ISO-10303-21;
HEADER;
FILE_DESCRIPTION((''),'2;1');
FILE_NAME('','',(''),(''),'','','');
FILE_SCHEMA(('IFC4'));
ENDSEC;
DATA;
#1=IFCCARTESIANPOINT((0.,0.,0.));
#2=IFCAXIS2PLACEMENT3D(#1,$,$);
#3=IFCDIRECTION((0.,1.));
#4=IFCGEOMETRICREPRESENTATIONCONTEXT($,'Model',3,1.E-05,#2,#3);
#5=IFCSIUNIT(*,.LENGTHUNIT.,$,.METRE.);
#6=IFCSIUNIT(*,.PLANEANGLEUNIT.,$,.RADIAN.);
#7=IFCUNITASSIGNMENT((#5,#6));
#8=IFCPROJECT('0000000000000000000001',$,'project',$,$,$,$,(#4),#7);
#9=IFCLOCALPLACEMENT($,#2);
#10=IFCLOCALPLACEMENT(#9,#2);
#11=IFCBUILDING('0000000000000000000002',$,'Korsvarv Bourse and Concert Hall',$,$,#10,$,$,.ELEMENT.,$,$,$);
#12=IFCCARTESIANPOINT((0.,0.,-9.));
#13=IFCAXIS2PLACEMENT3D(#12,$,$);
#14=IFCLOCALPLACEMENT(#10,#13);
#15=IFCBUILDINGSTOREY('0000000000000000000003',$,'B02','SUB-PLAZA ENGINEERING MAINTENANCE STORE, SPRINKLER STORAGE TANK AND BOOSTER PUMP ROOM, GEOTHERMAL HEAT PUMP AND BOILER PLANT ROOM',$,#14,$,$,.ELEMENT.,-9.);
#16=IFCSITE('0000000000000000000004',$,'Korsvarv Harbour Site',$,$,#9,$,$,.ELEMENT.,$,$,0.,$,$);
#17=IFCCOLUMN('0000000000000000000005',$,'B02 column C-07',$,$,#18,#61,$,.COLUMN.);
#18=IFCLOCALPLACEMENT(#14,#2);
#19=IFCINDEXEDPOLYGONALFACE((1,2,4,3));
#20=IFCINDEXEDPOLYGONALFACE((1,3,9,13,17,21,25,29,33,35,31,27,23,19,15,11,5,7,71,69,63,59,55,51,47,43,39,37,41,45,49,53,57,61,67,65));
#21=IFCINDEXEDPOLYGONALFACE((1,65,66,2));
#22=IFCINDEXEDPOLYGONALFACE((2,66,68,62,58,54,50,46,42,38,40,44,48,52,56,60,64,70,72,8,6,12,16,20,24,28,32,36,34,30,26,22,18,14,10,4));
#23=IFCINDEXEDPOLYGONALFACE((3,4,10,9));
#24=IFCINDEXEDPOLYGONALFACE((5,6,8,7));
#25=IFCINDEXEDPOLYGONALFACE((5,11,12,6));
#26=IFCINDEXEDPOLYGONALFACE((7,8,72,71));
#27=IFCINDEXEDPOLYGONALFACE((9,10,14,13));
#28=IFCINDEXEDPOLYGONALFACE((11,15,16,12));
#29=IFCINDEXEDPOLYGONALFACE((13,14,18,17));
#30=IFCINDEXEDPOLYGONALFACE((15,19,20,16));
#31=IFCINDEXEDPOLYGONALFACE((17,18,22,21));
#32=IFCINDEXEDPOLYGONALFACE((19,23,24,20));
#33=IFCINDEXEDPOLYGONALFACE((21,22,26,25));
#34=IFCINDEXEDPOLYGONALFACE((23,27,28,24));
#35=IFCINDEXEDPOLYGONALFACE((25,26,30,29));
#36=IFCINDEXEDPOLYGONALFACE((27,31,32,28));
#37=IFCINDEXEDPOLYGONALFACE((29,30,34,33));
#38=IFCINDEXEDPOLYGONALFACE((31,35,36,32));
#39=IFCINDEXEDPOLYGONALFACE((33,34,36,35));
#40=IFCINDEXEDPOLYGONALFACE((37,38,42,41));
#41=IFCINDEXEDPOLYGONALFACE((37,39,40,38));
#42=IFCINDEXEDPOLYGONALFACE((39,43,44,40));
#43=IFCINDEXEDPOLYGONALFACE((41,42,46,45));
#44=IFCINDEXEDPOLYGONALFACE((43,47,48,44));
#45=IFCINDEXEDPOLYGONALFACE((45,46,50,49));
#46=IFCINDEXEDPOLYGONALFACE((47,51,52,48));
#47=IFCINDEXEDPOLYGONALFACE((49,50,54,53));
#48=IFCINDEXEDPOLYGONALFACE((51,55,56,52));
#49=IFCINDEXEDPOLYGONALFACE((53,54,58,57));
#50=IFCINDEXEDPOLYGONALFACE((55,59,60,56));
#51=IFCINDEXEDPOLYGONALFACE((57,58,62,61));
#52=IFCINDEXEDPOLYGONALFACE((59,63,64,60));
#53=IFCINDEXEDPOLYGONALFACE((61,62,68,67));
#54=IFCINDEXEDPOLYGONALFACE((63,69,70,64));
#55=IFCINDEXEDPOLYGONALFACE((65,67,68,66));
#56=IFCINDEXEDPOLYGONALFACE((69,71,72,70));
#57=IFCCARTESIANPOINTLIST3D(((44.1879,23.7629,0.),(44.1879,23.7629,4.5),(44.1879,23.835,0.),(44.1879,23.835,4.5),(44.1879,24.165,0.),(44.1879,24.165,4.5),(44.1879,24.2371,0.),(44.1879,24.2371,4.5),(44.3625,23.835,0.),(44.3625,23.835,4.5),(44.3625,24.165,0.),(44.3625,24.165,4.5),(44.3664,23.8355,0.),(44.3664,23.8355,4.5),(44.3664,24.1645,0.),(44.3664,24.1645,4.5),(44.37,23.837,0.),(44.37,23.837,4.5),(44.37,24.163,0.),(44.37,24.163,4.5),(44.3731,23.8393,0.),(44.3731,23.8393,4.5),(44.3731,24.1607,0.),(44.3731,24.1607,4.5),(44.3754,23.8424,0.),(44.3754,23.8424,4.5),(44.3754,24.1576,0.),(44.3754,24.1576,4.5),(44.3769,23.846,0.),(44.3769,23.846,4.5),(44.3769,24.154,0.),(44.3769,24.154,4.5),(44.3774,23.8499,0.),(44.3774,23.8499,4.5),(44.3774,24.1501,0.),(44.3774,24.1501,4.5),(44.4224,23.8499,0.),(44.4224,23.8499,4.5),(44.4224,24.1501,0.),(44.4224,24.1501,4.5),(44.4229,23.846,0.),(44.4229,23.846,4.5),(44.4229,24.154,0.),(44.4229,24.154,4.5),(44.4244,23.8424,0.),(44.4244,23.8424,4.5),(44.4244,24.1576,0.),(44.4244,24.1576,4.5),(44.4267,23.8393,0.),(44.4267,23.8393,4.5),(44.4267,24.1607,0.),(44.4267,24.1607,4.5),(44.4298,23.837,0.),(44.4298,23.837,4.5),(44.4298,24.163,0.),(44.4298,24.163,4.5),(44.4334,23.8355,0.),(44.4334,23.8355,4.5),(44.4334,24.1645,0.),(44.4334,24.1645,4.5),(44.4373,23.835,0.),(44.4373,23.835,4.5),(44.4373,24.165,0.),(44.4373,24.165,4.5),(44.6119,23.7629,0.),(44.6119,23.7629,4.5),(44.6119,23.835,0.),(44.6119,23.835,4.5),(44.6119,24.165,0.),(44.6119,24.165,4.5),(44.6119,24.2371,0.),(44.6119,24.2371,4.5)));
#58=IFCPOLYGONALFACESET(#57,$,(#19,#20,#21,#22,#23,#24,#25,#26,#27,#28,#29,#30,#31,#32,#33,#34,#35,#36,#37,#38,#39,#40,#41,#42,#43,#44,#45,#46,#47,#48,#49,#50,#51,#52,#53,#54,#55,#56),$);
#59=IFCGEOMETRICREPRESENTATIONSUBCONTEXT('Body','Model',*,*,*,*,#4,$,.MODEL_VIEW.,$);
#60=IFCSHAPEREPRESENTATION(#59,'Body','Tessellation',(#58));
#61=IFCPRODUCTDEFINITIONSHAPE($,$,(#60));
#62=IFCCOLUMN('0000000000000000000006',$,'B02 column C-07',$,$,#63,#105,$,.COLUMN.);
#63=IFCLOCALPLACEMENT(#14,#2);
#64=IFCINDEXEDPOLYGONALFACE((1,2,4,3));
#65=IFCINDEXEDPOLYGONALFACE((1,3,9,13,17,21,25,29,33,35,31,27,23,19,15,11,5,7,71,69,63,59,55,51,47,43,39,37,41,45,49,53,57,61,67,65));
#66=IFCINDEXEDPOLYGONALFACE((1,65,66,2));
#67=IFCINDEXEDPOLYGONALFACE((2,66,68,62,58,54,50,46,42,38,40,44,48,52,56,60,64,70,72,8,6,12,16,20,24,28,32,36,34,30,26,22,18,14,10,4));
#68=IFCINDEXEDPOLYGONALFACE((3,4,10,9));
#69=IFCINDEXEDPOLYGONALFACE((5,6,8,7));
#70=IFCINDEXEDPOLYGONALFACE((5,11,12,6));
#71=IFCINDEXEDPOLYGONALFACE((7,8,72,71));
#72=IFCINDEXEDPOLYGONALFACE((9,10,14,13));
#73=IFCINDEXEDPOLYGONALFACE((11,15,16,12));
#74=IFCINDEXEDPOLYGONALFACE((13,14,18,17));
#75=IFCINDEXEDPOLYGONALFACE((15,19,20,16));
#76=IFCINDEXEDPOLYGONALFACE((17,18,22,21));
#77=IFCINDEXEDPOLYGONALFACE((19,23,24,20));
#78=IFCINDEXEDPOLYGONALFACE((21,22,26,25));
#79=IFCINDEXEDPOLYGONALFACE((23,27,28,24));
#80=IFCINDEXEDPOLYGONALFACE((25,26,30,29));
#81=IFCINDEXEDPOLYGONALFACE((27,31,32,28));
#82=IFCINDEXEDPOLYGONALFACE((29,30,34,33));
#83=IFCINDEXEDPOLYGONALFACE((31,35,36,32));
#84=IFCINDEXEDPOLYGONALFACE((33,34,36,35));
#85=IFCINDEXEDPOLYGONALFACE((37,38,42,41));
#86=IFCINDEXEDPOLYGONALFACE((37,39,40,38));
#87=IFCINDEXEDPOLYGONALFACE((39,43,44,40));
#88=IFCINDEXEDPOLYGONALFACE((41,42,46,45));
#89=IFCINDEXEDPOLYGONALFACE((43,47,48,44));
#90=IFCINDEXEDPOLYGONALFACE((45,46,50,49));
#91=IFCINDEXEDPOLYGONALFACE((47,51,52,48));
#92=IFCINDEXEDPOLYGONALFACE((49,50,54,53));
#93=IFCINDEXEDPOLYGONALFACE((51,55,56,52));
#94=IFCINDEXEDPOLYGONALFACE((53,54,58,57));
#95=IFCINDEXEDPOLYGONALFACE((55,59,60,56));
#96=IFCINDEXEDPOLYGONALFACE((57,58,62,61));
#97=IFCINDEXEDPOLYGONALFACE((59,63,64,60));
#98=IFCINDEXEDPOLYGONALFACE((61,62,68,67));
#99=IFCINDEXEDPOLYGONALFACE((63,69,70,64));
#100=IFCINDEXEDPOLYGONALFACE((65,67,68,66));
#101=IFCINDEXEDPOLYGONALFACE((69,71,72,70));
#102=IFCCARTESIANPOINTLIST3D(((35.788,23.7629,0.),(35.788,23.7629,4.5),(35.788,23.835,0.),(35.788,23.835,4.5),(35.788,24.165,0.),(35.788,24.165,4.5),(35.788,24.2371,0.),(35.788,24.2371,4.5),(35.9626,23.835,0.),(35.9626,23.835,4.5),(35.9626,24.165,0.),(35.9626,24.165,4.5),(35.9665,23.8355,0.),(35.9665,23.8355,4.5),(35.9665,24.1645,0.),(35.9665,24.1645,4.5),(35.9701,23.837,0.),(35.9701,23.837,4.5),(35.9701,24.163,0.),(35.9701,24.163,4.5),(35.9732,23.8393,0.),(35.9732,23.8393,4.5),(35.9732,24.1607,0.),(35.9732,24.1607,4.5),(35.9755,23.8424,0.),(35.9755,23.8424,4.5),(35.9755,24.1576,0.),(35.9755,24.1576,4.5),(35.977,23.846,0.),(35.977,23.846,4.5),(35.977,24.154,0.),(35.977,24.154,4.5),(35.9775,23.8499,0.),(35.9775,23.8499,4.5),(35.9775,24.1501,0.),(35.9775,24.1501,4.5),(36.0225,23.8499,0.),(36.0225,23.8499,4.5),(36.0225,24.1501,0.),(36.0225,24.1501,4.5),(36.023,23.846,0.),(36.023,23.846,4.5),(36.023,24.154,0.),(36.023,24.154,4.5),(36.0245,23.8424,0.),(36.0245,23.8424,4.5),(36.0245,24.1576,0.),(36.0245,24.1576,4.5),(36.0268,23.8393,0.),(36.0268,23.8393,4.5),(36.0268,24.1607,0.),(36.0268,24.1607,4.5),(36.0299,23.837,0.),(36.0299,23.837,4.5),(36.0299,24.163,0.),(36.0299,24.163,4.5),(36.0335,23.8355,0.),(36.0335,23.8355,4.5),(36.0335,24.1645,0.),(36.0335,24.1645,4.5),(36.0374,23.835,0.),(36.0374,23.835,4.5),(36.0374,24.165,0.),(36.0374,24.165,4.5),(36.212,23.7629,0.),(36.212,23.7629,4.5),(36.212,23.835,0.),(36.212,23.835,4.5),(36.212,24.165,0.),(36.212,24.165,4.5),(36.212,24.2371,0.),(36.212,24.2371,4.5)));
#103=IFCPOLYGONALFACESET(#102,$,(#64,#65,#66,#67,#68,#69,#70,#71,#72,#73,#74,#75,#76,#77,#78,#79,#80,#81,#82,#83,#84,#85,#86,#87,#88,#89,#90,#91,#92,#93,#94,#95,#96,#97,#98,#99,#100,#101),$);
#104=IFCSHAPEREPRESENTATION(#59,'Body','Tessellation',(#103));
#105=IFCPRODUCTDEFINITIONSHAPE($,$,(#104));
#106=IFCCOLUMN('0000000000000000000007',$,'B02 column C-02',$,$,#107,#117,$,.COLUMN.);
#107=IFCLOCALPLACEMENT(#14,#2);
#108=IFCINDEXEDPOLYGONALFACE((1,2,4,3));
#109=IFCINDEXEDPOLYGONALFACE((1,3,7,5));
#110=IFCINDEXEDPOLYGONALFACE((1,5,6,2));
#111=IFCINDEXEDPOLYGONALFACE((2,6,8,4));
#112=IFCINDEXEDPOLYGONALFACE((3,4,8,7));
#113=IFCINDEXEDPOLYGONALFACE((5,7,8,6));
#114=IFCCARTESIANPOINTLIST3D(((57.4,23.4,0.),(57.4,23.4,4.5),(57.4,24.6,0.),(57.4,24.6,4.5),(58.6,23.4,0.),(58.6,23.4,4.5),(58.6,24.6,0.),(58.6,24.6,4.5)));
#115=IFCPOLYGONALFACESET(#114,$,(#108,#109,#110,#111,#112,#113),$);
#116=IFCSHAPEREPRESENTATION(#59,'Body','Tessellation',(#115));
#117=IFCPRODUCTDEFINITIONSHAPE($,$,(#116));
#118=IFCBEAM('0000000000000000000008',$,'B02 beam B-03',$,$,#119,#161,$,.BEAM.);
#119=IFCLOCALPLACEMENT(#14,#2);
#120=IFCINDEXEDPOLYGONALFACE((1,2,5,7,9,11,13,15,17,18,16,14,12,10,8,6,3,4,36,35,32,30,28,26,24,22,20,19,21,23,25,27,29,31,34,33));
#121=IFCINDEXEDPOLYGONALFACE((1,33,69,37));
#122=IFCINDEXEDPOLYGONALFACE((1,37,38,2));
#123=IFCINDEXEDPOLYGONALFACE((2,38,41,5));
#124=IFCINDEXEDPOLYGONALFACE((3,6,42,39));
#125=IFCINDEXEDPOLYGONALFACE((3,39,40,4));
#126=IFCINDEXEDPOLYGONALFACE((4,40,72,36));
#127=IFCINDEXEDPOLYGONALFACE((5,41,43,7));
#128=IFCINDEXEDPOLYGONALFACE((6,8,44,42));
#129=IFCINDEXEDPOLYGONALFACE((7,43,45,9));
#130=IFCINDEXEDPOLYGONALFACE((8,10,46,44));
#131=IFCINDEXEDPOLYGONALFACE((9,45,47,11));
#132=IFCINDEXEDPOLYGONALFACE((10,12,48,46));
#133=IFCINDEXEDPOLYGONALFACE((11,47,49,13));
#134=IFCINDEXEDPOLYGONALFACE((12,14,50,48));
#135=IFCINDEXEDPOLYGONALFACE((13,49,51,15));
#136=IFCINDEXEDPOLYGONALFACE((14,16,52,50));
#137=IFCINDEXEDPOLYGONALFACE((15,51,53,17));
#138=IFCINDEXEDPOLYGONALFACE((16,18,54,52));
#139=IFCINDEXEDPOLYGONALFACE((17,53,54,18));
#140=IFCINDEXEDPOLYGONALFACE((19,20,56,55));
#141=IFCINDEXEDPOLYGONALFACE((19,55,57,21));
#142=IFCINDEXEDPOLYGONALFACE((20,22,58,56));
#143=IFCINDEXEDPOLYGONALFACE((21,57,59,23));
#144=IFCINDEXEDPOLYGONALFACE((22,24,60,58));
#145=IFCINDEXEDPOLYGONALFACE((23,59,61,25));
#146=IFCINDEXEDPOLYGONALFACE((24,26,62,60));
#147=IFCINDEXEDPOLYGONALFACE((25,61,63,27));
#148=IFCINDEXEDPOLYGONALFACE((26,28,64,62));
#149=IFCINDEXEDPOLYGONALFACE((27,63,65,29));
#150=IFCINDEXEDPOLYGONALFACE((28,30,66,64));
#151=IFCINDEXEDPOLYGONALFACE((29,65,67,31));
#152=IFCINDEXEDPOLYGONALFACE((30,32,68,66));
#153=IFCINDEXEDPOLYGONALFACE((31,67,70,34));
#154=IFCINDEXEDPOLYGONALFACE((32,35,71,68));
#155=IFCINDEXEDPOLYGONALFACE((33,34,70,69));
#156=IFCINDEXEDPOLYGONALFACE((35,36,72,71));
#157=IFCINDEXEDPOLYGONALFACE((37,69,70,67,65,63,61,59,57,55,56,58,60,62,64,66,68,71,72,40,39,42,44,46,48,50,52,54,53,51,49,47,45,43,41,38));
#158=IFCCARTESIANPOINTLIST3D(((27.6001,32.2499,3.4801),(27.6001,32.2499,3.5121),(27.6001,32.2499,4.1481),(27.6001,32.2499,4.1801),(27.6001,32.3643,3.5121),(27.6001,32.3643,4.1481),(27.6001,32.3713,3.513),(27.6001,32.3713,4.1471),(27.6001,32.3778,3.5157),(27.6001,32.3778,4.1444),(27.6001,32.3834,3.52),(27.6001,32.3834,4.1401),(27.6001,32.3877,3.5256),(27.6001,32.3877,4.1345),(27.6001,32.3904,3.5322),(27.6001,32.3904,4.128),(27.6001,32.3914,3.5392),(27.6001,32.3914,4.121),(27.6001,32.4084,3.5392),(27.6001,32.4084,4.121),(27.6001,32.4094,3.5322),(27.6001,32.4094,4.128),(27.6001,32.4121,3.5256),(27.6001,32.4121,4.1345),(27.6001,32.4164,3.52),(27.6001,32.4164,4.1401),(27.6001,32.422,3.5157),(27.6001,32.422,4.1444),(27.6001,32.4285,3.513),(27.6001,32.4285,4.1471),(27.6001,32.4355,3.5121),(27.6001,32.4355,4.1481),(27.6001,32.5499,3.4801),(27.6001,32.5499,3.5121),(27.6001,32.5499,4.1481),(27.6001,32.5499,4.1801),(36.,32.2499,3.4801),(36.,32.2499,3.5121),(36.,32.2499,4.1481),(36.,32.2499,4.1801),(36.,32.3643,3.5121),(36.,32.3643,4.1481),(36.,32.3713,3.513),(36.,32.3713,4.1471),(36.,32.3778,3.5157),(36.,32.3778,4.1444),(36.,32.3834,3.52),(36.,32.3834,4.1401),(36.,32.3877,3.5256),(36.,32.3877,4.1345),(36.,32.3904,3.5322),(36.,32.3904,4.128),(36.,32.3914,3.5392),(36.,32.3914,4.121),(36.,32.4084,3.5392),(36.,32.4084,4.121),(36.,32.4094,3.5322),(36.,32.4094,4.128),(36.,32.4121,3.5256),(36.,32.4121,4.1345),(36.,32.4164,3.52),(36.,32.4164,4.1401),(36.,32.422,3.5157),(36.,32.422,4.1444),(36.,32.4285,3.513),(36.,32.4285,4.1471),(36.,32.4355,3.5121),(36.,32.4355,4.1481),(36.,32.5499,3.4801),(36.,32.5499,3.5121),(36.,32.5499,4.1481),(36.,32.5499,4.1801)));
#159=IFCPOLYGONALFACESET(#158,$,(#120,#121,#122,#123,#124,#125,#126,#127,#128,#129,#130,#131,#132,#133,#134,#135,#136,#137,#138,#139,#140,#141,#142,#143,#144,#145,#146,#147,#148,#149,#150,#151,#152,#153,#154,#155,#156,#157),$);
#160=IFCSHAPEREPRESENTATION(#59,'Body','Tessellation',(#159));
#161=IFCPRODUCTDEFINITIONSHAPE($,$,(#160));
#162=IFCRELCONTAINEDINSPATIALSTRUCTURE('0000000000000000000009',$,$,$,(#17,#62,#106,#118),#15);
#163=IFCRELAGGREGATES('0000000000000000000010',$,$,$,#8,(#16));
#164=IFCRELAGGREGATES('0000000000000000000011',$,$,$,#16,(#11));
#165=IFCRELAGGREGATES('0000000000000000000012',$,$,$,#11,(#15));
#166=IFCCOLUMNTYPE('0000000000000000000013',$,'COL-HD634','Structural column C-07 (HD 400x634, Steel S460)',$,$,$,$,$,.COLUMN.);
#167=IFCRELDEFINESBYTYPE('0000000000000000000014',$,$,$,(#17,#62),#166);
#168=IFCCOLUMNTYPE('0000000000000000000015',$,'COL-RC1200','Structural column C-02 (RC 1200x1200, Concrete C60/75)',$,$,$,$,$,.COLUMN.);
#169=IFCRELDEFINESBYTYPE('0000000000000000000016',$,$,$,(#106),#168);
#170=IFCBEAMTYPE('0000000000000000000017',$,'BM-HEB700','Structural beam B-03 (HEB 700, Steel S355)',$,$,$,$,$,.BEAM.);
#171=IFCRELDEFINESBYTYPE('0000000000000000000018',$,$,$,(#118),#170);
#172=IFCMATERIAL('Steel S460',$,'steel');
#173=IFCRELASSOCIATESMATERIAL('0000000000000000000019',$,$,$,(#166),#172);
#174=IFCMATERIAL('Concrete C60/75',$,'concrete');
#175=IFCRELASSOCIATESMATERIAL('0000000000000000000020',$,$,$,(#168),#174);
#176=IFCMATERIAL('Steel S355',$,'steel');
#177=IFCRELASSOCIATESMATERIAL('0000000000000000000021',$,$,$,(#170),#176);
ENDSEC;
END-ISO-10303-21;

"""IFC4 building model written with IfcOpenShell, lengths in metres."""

from ifc_helpers import new_model, si_unit, direction, frame, origin, origin_2d, place, context, subcontext, project, spatial, rectangle, i_section, extrude, source, transform, mapped, material, material_profile, profile_set, type_object, element, save


model = new_model("IFC4")

# Units and contexts
model_context = context("Model", 3, precision=1e-05, world=origin(), true_north=direction((0.0, 1.0)))
body_context = subcontext(model_context, "Body", "Model", "MODEL_VIEW")
ifc_project = project(units=[si_unit("LENGTHUNIT", "METRE"), si_unit("PLANEANGLEUNIT", "RADIAN")], contexts=[model_context])

# Site, building, storey
site_placement = place(None, origin())
site = spatial("IfcSite", under=ifc_project, at=site_placement, Name="Korsvarv Harbour Site", CompositionType="ELEMENT", RefElevation=0.0)
building_placement = place(site_placement, origin())
building = spatial("IfcBuilding", under=site, at=building_placement, Name="Korsvarv Bourse and Concert Hall", CompositionType="ELEMENT")
storey_placement = place(building_placement, frame((0.0, 0.0, -9.0)))
storey = spatial("IfcBuildingStorey", under=building, at=storey_placement, Name="B02", Description="SUB-PLAZA ENGINEERING MAINTENANCE STORE, SPRINKLER STORAGE TANK AND BOOSTER PUMP ROOM, GEOTHERMAL HEAT PUMP AND BOILER PLANT ROOM", CompositionType="ELEMENT", Elevation=-9.0)

# Columns
ifc_material_1 = material(Name="Concrete C60/75", Category="concrete")
ifc_material_2 = material(Name="Steel S460", Category="steel")
ifc_material_profile_1 = material_profile(ifc_material_2, i_section(OverallWidth=0.4241, OverallDepth=0.4741, WebThickness=0.0449, FlangeThickness=0.072, FilletRadius=0.0149, at=origin_2d()), Name="HD 400x634")
ifc_profile_set_1 = profile_set([ifc_material_profile_1], Name="Steel S460")
column_type_1 = type_object("IfcColumnType", Name="COL-HD634", Description="Structural column C-07 (HD 400x634, Steel S460)", PredefinedType="COLUMN", material=ifc_profile_set_1)
shared_shape_1 = source(origin(), body_context, "Body", "SweptSolid", [
    extrude(i_section(OverallWidth=0.4241, OverallDepth=0.4741, WebThickness=0.0449, FlangeThickness=0.072, FilletRadius=0.0149, at=origin_2d()), origin(), (0.0, 0.0, 1.0), 4.5),
])
for number, where, z_axis, x_axis, name in (
    (1, (44.3999, 24.0, 0.0), (0.0, 0.0, 1.0), (1.0, 0.0, 0.0), "B02 column C-07"),
    (2, (36.0, 24.0, 0.0), (0.0, 0.0, 1.0), (1.0, 0.0, 0.0), "B02 column C-07"),
):
    element("IfcColumn", number, at=place(storey_placement, frame(where, z_axis=z_axis, x_axis=x_axis)), inside=storey, type_object=column_type_1, Name=name, PredefinedType="COLUMN", context=body_context, shape_type="MappedRepresentation", body=[
        mapped(shared_shape_1, transform((0.0, 0.0, 0.0), scale=1.0)),
    ])
ifc_material_profile_2 = material_profile(ifc_material_1, rectangle(XDim=1.2, YDim=1.2, at=origin_2d()), Name="RC 1200x1200")
ifc_profile_set_2 = profile_set([ifc_material_profile_2], Name="Concrete C60/75")
column_type_2 = type_object("IfcColumnType", Name="COL-RC1200", Description="Structural column C-02 (RC 1200x1200, Concrete C60/75)", PredefinedType="COLUMN", material=ifc_profile_set_2)
shared_shape_2 = source(origin(), body_context, "Body", "SweptSolid", [
    extrude(rectangle(XDim=1.2, YDim=1.2, at=origin_2d()), origin(), (0.0, 0.0, 1.0), 4.5),
])
column_placement = place(storey_placement, frame((58.0, 24.0, 0.0), z_axis=(0.0, 0.0, 1.0), x_axis=(1.0, 0.0, 0.0)))
element("IfcColumn", 3, at=column_placement, inside=storey, type_object=column_type_2, Name="B02 column C-02", PredefinedType="COLUMN", context=body_context, shape_type="MappedRepresentation", body=[
    mapped(shared_shape_2, transform((0.0, 0.0, 0.0), scale=1.0)),
])

# Beam
ifc_material_3 = material(Name="Steel S355", Category="steel")
ifc_material_profile_3 = material_profile(ifc_material_3, i_section(OverallWidth=0.3, OverallDepth=0.7, WebThickness=0.0171, FlangeThickness=0.032, FilletRadius=0.0271, at=origin_2d()), Name="HEB 700")
ifc_profile_set_3 = profile_set([ifc_material_profile_3], Name="Steel S355")
beam_type_1 = type_object("IfcBeamType", Name="BM-HEB700", Description="Structural beam B-03 (HEB 700, Steel S355)", PredefinedType="BEAM", material=ifc_profile_set_3)
shared_shape_3 = source(origin(), body_context, "Body", "SweptSolid", [
    extrude(i_section(OverallWidth=0.3, OverallDepth=0.7, WebThickness=0.0171, FlangeThickness=0.032, FilletRadius=0.0271, at=origin_2d()), origin(), (0.0, 0.0, 1.0), 8.3999),
])
for number, where, z_axis, x_axis, name in (
    (4, (27.6001, 32.3999, 3.8301), (1.0, 0.0, 0.0), (0.0, 1.0, 0.0), "B02 beam B-03"),
):
    element("IfcBeam", number, at=place(storey_placement, frame(where, z_axis=z_axis, x_axis=x_axis)), inside=storey, type_object=beam_type_1, Name=name, PredefinedType="BEAM", context=body_context, shape_type="MappedRepresentation", body=[
        mapped(shared_shape_3, transform((0.0, 0.0, 0.0), scale=1.0)),
    ])

save(model, "model.ifc")
